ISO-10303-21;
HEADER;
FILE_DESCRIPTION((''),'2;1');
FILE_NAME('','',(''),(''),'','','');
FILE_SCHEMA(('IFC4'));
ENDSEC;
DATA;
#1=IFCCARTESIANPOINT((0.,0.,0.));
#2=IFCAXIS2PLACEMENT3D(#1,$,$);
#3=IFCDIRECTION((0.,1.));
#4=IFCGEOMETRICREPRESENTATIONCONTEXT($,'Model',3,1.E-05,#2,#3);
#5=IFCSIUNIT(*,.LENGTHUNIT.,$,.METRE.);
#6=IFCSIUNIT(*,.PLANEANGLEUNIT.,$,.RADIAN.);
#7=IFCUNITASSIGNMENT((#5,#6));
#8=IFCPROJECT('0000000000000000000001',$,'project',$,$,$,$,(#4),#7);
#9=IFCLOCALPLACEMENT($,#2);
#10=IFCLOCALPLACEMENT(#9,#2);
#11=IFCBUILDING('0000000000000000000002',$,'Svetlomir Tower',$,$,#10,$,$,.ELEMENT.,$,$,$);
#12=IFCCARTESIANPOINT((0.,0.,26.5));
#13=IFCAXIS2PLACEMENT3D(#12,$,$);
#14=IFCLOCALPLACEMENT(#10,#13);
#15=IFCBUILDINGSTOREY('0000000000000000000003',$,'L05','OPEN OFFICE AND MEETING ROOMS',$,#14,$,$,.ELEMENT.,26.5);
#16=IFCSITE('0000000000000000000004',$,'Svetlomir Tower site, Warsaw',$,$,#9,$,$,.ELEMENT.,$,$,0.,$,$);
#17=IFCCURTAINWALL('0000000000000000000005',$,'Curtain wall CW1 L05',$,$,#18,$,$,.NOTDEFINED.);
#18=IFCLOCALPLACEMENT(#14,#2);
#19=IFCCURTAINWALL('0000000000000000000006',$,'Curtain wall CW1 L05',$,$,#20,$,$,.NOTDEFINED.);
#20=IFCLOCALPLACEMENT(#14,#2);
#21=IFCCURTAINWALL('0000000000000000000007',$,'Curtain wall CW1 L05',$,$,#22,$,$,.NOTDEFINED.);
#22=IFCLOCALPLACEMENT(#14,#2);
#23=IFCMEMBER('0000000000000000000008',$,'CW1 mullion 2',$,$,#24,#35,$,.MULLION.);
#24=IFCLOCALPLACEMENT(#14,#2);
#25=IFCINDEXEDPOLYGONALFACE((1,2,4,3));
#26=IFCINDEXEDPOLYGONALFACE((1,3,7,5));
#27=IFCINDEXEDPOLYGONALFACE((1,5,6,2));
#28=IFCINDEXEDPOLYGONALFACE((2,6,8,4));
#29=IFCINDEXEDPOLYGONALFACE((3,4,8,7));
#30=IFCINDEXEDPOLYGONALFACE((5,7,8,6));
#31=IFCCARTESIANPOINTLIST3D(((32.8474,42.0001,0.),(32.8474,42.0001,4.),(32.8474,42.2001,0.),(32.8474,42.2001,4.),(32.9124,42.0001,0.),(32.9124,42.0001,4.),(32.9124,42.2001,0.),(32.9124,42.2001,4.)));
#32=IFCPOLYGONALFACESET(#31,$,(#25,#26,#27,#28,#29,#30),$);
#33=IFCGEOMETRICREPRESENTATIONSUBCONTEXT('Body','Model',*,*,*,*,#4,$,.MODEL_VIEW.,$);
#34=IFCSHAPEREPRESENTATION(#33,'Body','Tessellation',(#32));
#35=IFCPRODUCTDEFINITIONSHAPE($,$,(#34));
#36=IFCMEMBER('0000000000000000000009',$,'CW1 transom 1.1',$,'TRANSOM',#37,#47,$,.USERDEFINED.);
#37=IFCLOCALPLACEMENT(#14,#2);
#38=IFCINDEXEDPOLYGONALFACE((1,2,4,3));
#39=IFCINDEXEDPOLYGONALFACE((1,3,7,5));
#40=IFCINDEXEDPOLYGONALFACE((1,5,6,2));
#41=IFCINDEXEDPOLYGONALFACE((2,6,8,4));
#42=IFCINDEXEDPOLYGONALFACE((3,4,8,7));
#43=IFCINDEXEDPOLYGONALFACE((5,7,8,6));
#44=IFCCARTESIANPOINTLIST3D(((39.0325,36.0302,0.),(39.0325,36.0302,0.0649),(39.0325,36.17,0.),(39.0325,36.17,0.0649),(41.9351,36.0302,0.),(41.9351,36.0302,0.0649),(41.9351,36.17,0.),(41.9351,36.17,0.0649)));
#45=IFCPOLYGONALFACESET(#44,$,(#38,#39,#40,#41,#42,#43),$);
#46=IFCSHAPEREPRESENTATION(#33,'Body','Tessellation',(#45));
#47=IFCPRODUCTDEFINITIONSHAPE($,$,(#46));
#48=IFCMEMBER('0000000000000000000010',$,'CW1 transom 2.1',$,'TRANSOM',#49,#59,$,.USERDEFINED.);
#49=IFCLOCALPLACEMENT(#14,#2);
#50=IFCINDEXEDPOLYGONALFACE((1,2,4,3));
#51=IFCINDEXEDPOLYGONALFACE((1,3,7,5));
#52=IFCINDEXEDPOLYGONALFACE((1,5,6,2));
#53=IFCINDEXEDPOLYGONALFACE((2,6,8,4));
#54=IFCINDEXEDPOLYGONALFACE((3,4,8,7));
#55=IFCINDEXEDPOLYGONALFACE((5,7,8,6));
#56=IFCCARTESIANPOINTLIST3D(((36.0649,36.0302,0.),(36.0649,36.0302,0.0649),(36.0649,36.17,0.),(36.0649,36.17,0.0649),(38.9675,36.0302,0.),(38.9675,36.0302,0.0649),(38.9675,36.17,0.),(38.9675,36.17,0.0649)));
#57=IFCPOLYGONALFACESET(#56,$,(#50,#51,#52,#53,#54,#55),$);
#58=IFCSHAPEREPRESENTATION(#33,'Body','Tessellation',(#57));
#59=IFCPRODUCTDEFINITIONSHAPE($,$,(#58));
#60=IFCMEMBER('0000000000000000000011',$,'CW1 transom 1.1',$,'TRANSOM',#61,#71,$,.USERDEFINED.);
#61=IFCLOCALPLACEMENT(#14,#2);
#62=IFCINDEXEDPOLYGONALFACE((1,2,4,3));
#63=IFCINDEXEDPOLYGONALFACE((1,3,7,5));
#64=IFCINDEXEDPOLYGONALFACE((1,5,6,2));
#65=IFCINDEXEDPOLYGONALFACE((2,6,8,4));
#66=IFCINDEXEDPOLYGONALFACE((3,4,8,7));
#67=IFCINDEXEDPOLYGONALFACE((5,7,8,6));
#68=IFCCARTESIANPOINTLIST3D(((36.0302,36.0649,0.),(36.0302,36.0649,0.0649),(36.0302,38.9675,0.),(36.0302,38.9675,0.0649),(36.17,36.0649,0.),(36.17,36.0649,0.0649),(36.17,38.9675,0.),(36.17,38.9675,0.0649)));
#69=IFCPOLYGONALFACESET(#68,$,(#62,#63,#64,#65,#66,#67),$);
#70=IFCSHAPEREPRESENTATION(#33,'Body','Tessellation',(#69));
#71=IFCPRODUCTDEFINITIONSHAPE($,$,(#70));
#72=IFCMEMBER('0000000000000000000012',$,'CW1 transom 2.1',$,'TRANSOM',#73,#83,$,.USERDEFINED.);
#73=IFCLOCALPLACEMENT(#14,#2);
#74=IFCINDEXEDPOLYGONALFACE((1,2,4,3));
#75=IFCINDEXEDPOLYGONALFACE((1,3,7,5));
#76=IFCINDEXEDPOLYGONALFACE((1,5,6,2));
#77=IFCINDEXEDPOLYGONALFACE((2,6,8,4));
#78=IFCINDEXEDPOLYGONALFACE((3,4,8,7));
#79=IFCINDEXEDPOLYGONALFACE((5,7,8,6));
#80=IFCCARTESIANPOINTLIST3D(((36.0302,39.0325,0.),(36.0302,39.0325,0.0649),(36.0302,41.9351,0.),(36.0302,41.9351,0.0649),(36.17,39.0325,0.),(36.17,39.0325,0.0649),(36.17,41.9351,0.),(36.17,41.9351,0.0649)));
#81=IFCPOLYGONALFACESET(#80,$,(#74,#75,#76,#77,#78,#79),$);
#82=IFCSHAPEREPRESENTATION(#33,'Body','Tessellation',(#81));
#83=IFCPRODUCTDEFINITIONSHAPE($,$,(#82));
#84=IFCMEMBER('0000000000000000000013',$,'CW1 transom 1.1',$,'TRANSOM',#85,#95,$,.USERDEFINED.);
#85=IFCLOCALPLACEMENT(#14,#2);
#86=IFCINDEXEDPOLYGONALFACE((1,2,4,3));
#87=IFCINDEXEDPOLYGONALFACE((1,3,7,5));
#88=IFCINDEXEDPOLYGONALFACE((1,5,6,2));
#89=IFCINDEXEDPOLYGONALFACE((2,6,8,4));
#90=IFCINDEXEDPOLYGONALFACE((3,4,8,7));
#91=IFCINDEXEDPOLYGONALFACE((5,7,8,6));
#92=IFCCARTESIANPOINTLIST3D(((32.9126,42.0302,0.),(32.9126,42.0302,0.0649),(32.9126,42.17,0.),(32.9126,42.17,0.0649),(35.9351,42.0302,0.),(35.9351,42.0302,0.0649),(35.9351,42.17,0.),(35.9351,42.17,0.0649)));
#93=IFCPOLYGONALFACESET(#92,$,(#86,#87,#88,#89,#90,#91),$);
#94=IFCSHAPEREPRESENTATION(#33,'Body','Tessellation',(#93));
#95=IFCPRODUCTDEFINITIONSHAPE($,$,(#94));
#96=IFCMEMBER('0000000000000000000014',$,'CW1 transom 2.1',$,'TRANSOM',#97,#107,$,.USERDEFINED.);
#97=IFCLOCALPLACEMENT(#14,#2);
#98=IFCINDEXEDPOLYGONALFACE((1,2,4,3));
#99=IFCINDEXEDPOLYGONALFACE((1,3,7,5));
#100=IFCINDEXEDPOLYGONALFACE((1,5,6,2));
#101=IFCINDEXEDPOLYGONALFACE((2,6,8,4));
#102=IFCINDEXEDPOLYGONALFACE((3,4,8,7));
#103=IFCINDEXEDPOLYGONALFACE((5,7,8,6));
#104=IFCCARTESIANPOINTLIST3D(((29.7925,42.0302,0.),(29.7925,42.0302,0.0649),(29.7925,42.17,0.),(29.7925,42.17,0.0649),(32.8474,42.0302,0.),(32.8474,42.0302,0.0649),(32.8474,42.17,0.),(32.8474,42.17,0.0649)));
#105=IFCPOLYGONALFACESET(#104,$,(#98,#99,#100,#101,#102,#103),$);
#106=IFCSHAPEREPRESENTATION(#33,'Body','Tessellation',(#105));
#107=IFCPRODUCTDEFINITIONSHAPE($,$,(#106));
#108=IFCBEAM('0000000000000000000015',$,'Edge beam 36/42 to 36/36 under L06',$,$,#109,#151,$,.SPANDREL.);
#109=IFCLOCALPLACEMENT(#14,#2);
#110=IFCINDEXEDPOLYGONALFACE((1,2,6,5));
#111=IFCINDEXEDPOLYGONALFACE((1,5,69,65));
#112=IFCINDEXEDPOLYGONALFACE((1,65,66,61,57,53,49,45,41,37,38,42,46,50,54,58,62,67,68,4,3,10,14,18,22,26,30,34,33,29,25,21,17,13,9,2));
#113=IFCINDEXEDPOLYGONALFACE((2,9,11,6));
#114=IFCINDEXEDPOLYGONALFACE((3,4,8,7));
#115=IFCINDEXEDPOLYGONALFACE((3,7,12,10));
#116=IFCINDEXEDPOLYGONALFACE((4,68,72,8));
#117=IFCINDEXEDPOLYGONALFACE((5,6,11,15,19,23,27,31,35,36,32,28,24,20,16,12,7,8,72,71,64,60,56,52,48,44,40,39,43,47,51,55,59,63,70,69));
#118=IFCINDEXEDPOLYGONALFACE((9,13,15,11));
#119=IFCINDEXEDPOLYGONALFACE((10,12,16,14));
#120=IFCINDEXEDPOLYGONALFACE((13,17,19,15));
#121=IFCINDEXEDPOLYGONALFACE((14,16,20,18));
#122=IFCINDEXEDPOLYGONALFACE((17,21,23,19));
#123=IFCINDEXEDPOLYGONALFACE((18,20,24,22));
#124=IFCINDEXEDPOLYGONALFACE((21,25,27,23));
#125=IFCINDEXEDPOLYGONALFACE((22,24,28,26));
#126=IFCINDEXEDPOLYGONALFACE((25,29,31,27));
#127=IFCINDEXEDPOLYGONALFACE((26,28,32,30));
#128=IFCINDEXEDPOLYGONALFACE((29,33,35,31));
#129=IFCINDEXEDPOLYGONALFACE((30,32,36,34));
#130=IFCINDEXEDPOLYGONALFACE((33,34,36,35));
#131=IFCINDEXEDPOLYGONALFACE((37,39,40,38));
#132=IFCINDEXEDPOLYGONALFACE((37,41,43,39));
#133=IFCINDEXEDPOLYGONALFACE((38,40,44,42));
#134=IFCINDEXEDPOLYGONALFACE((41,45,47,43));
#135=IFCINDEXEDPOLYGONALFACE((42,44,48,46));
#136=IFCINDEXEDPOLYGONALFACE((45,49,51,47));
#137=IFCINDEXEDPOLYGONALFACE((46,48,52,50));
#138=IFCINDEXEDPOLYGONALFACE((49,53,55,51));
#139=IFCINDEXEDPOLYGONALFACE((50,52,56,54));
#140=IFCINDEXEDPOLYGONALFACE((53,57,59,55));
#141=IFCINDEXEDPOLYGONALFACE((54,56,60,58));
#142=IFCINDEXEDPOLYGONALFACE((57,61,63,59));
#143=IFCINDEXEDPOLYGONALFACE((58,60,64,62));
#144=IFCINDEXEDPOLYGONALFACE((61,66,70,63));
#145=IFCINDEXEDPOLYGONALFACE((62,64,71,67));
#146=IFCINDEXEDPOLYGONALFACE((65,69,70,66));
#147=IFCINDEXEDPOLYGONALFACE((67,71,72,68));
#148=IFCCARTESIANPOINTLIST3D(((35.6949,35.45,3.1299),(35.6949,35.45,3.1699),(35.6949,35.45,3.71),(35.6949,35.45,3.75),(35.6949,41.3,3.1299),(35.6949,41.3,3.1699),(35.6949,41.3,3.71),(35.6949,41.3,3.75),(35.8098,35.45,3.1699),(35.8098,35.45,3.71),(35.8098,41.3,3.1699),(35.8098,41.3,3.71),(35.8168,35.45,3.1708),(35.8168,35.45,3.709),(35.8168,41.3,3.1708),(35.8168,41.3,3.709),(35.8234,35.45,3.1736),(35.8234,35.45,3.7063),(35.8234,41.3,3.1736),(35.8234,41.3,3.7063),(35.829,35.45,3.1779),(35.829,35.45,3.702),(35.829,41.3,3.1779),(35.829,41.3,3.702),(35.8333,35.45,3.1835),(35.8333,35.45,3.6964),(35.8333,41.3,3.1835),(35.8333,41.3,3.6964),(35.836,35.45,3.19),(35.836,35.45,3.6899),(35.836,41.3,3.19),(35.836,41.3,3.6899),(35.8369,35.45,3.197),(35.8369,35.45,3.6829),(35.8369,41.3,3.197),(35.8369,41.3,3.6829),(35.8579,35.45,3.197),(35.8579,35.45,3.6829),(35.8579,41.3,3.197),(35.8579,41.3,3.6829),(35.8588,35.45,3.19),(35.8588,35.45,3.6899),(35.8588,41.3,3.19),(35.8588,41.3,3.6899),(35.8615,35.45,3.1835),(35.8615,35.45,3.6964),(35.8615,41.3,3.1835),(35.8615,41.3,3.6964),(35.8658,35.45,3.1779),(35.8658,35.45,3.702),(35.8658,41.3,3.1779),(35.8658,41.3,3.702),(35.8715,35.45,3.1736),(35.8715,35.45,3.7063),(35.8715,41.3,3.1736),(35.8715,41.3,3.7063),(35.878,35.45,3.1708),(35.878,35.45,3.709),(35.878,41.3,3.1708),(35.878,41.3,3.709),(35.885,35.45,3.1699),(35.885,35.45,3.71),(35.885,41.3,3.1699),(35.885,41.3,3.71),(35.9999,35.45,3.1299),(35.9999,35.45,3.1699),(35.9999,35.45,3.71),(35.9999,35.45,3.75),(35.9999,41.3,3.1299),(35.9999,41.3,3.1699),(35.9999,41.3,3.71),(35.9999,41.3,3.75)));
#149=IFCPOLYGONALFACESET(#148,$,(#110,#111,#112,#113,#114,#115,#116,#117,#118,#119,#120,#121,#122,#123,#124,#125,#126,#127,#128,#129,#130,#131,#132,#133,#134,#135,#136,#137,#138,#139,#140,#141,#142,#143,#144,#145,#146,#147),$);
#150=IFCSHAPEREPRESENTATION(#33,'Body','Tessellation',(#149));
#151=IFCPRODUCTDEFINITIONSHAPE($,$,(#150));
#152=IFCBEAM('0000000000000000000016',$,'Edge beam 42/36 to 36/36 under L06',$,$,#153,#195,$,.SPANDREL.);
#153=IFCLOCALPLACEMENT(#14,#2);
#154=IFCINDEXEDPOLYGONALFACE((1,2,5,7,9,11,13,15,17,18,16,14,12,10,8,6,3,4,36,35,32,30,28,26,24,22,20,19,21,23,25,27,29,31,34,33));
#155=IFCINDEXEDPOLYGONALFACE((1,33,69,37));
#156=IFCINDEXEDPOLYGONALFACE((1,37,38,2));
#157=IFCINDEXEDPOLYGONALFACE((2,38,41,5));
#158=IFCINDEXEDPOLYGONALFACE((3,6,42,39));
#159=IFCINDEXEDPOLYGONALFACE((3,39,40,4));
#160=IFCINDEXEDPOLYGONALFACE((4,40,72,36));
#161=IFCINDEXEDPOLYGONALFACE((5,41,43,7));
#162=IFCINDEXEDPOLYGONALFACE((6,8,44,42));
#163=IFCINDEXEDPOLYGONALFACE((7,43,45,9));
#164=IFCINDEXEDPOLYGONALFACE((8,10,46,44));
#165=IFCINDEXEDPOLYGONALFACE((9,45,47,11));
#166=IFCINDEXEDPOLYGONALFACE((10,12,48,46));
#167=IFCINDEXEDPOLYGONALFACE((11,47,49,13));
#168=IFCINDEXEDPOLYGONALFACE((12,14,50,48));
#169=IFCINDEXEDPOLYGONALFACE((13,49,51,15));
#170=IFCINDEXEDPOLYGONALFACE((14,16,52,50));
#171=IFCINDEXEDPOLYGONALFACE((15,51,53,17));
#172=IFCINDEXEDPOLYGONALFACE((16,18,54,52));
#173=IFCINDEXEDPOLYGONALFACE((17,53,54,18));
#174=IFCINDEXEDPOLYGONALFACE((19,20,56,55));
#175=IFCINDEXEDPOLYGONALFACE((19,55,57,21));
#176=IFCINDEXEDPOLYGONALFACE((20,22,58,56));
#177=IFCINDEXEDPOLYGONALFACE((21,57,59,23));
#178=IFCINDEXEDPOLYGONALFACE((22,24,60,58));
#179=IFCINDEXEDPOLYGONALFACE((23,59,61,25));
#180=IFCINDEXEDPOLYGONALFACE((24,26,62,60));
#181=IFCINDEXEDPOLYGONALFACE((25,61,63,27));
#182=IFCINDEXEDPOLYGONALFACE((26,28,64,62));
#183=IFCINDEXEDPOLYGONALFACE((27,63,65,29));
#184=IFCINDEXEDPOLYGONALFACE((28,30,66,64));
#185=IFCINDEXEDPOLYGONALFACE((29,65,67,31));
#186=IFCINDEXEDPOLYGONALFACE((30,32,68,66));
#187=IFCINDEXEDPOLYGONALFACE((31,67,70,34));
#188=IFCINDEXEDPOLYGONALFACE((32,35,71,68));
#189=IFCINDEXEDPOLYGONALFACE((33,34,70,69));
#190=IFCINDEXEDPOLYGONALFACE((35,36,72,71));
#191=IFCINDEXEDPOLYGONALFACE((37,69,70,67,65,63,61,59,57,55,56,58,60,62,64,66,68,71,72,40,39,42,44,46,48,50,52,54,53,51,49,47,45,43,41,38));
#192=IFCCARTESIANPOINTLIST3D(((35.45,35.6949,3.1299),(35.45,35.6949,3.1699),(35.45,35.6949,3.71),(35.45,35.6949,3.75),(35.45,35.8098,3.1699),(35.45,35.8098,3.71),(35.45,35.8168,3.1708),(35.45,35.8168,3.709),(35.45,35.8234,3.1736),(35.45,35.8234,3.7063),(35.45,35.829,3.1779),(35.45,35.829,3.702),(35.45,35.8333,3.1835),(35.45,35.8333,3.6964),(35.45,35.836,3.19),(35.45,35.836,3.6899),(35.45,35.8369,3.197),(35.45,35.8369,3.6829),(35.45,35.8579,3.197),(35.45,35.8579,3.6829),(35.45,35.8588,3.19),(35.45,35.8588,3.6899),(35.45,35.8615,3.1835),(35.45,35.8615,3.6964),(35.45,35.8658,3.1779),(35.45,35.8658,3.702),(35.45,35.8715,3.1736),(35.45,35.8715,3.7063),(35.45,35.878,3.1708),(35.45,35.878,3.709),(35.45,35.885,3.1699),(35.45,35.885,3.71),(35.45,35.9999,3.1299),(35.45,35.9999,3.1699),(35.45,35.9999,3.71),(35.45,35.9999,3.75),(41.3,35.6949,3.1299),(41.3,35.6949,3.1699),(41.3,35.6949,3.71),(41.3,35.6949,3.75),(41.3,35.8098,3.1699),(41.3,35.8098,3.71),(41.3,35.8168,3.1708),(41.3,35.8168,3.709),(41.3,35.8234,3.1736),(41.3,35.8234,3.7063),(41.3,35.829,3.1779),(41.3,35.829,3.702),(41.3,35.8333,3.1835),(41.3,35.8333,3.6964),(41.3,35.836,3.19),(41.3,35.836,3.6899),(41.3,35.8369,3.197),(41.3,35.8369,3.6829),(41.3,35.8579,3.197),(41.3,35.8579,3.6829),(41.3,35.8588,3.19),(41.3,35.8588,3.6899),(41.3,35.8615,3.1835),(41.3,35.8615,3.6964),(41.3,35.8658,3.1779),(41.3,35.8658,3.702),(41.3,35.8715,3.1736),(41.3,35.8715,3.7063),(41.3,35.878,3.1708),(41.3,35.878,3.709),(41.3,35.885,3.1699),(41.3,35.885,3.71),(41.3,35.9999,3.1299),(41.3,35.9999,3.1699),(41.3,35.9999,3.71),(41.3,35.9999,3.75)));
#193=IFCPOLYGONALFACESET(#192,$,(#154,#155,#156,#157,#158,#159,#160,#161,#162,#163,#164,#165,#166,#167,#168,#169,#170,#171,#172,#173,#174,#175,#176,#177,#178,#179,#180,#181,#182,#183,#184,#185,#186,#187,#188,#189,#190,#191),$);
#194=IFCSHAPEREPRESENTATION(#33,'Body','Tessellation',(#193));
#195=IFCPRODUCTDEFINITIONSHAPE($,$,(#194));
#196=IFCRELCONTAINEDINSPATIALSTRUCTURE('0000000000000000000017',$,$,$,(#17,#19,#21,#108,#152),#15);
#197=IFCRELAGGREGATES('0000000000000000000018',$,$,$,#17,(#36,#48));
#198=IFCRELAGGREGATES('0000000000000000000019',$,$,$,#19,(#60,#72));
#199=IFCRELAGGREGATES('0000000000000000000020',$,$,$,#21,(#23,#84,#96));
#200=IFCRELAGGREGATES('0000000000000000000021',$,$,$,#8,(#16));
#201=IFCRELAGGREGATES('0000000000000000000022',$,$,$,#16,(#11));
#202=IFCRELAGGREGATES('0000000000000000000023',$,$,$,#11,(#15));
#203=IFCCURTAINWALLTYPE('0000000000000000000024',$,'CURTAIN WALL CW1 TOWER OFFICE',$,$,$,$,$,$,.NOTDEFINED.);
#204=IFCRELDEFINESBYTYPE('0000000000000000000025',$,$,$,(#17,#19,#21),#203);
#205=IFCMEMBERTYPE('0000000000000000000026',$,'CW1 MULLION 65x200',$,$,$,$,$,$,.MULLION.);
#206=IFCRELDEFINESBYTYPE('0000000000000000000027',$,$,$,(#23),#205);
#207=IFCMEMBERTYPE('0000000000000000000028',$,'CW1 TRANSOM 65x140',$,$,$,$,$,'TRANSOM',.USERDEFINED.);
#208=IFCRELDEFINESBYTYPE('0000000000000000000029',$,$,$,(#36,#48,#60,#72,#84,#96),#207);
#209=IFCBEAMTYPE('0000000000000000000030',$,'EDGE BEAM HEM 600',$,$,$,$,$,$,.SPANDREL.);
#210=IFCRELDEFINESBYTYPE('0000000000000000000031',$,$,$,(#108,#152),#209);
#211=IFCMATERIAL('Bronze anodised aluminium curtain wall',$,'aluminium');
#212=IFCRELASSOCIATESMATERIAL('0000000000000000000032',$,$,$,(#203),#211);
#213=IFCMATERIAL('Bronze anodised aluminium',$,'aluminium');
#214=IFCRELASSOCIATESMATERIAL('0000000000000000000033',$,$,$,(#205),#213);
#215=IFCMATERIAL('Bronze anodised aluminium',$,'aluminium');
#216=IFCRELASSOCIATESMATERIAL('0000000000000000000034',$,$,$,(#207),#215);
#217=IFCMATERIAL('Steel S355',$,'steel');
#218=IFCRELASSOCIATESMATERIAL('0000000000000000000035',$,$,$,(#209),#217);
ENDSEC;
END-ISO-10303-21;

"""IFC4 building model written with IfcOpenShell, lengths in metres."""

from ifc_helpers import new_model, si_unit, direction, frame, origin, origin_2d, place, context, subcontext, project, spatial, rectangle, i_section, extrude, material, material_profile, profile_set, type_object, element, aggregate, save


model = new_model("IFC4")

# Units and contexts
model_context = context("Model", 3, precision=1e-05, world=origin(), true_north=direction((0.0, 1.0)))
body_context = subcontext(model_context, "Body", "Model", "MODEL_VIEW")
ifc_project = project(units=[si_unit("LENGTHUNIT", "METRE"), si_unit("PLANEANGLEUNIT", "RADIAN")], contexts=[model_context])

# Site, building, storey
site_placement = place(None, origin())
site = spatial("IfcSite", under=ifc_project, at=site_placement, Name="Svetlomir Tower site, Warsaw", CompositionType="ELEMENT", RefElevation=0.0)
building_placement = place(site_placement, origin())
building = spatial("IfcBuilding", under=site, at=building_placement, Name="Svetlomir Tower", CompositionType="ELEMENT")
storey_placement = place(building_placement, frame((0.0, 0.0, 26.5)))
storey = spatial("IfcBuildingStorey", under=building, at=storey_placement, Name="L05", Description="OPEN OFFICE AND MEETING ROOMS", CompositionType="ELEMENT", Elevation=26.5)

# Curtain walls
ifc_material_1 = material(Name="Bronze anodised aluminium curtain wall", Category="aluminium")
curtain_wall_type = type_object("IfcCurtainWallType", Name="CURTAIN WALL CW1 TOWER OFFICE", PredefinedType="NOTDEFINED", material=ifc_material_1)
curtain_wall_1_placement = place(storey_placement, origin())
curtain_wall_1 = element("IfcCurtainWall", 1, at=curtain_wall_1_placement, inside=storey, type_object=curtain_wall_type, Name="Curtain wall CW1 L05", PredefinedType="NOTDEFINED")
curtain_wall_2_placement = place(storey_placement, origin())
curtain_wall_2 = element("IfcCurtainWall", 2, at=curtain_wall_2_placement, inside=storey, type_object=curtain_wall_type, Name="Curtain wall CW1 L05", PredefinedType="NOTDEFINED")
curtain_wall_3_placement = place(storey_placement, origin())
curtain_wall_3 = element("IfcCurtainWall", 3, at=curtain_wall_3_placement, inside=storey, type_object=curtain_wall_type, Name="Curtain wall CW1 L05", PredefinedType="NOTDEFINED")
ifc_material_2 = material(Name="Bronze anodised aluminium", Category="aluminium")
ifc_material_profile_1 = material_profile(ifc_material_2, rectangle(XDim=0.0649, YDim=0.2, at=origin_2d()), Name="AL 65x200")
ifc_profile_set_1 = profile_set([ifc_material_profile_1], Name="Bronze anodised aluminium 6063-T6")
member_type_1 = type_object("IfcMemberType", Name="CW1 MULLION 65x200", PredefinedType="MULLION", material=ifc_profile_set_1)

# Members
member_1_placement = place(storey_placement, frame((32.8799, 42.1001, 0.0), z_axis=(0.0, 0.0, 1.0), x_axis=(-1.0, 0.0, 0.0)))
member_1 = element("IfcMember", 4, at=member_1_placement, type_object=member_type_1, Name="CW1 mullion 2", PredefinedType="MULLION", context=body_context, shape_type="SweptSolid", body=[
    extrude(rectangle(XDim=0.0649, YDim=0.2, at=origin_2d()), origin(), (0.0, 0.0, 1.0), 4.0),
])
ifc_material_3 = material(Name="Bronze anodised aluminium", Category="aluminium")
ifc_material_profile_2 = material_profile(ifc_material_3, rectangle(XDim=0.1399, YDim=0.0649, at=origin_2d()), Name="AL 140x65")
ifc_profile_set_2 = profile_set([ifc_material_profile_2], Name="Bronze anodised aluminium 6063-T6")
member_type_2 = type_object("IfcMemberType", Name="CW1 TRANSOM 65x140", ElementType="TRANSOM", PredefinedType="USERDEFINED", material=ifc_profile_set_2)
member_2_placement = place(storey_placement, frame((41.9351, 36.1001, 0.0325), z_axis=(-1.0, 0.0, 0.0), x_axis=(0.0, -1.0, 0.0)))
member_2 = element("IfcMember", 5, at=member_2_placement, type_object=member_type_2, Name="CW1 transom 1.1", ObjectType="TRANSOM", PredefinedType="USERDEFINED", context=body_context, shape_type="SweptSolid", body=[
    extrude(rectangle(XDim=0.1399, YDim=0.0649, at=origin_2d()), origin(), (0.0, 0.0, 1.0), 2.9026),
])
member_3_placement = place(storey_placement, frame((38.9675, 36.1001, 0.0325), z_axis=(-1.0, 0.0, 0.0), x_axis=(0.0, -1.0, 0.0)))
member_3 = element("IfcMember", 6, at=member_3_placement, type_object=member_type_2, Name="CW1 transom 2.1", ObjectType="TRANSOM", PredefinedType="USERDEFINED", context=body_context, shape_type="SweptSolid", body=[
    extrude(rectangle(XDim=0.1399, YDim=0.0649, at=origin_2d()), origin(), (0.0, 0.0, 1.0), 2.9026),
])
member_4_placement = place(storey_placement, frame((36.1001, 36.0649, 0.0325), z_axis=(0.0, 1.0, 0.0), x_axis=(-1.0, 0.0, 0.0)))
member_4 = element("IfcMember", 7, at=member_4_placement, type_object=member_type_2, Name="CW1 transom 1.1", ObjectType="TRANSOM", PredefinedType="USERDEFINED", context=body_context, shape_type="SweptSolid", body=[
    extrude(rectangle(XDim=0.1399, YDim=0.0649, at=origin_2d()), origin(), (0.0, 0.0, 1.0), 2.9026),
])
member_5_placement = place(storey_placement, frame((36.1001, 39.0325, 0.0325), z_axis=(0.0, 1.0, 0.0), x_axis=(-1.0, 0.0, 0.0)))
member_5 = element("IfcMember", 8, at=member_5_placement, type_object=member_type_2, Name="CW1 transom 2.1", ObjectType="TRANSOM", PredefinedType="USERDEFINED", context=body_context, shape_type="SweptSolid", body=[
    extrude(rectangle(XDim=0.1399, YDim=0.0649, at=origin_2d()), origin(), (0.0, 0.0, 1.0), 2.9026),
])
member_6_placement = place(storey_placement, frame((35.9351, 42.1001, 0.0325), z_axis=(-1.0, 0.0, 0.0), x_axis=(0.0, -1.0, 0.0)))
member_6 = element("IfcMember", 9, at=member_6_placement, type_object=member_type_2, Name="CW1 transom 1.1", ObjectType="TRANSOM", PredefinedType="USERDEFINED", context=body_context, shape_type="SweptSolid", body=[
    extrude(rectangle(XDim=0.1399, YDim=0.0649, at=origin_2d()), origin(), (0.0, 0.0, 1.0), 3.0225),
])
member_7_placement = place(storey_placement, frame((32.8474, 42.1001, 0.0325), z_axis=(-1.0, 0.0, 0.0), x_axis=(0.0, -1.0, 0.0)))
member_7 = element("IfcMember", 10, at=member_7_placement, type_object=member_type_2, Name="CW1 transom 2.1", ObjectType="TRANSOM", PredefinedType="USERDEFINED", context=body_context, shape_type="SweptSolid", body=[
    extrude(rectangle(XDim=0.1399, YDim=0.0649, at=origin_2d()), origin(), (0.0, 0.0, 1.0), 3.0549),
])

# Beams
ifc_material_4 = material(Name="Steel S355", Category="steel")
ifc_material_profile_3 = material_profile(ifc_material_4, i_section(OverallWidth=0.3049, OverallDepth=0.6201, WebThickness=0.021, FlangeThickness=0.04, FilletRadius=0.0271, at=origin_2d()), Name="HEM 600")
ifc_profile_set_3 = profile_set([ifc_material_profile_3], Name="Steel S355")
beam_type = type_object("IfcBeamType", Name="EDGE BEAM HEM 600", PredefinedType="SPANDREL", material=ifc_profile_set_3)
for number, where, z_axis, x_axis, name in (
    (11, (35.8474, 41.3, 3.4399), (0.0, -1.0, 0.0), (1.0, 0.0, 0.0), "Edge beam 36/42 to 36/36 under L06"),
    (12, (41.3, 35.8474, 3.4399), (-1.0, 0.0, 0.0), (0.0, -1.0, 0.0), "Edge beam 42/36 to 36/36 under L06"),
):
    element("IfcBeam", number, at=place(storey_placement, frame(where, z_axis=z_axis, x_axis=x_axis)), inside=storey, type_object=beam_type, Name=name, PredefinedType="SPANDREL", context=body_context, shape_type="SweptSolid", body=[
        extrude(i_section(OverallWidth=0.3049, OverallDepth=0.6201, WebThickness=0.021, FlangeThickness=0.04, FilletRadius=0.0271, at=origin_2d()), origin(), (0.0, 0.0, 1.0), 5.8501),
    ])

aggregate(curtain_wall_1, [member_2, member_3])
aggregate(curtain_wall_2, [member_4, member_5])
aggregate(curtain_wall_3, [member_1, member_6, member_7])

save(model, "model.ifc")
